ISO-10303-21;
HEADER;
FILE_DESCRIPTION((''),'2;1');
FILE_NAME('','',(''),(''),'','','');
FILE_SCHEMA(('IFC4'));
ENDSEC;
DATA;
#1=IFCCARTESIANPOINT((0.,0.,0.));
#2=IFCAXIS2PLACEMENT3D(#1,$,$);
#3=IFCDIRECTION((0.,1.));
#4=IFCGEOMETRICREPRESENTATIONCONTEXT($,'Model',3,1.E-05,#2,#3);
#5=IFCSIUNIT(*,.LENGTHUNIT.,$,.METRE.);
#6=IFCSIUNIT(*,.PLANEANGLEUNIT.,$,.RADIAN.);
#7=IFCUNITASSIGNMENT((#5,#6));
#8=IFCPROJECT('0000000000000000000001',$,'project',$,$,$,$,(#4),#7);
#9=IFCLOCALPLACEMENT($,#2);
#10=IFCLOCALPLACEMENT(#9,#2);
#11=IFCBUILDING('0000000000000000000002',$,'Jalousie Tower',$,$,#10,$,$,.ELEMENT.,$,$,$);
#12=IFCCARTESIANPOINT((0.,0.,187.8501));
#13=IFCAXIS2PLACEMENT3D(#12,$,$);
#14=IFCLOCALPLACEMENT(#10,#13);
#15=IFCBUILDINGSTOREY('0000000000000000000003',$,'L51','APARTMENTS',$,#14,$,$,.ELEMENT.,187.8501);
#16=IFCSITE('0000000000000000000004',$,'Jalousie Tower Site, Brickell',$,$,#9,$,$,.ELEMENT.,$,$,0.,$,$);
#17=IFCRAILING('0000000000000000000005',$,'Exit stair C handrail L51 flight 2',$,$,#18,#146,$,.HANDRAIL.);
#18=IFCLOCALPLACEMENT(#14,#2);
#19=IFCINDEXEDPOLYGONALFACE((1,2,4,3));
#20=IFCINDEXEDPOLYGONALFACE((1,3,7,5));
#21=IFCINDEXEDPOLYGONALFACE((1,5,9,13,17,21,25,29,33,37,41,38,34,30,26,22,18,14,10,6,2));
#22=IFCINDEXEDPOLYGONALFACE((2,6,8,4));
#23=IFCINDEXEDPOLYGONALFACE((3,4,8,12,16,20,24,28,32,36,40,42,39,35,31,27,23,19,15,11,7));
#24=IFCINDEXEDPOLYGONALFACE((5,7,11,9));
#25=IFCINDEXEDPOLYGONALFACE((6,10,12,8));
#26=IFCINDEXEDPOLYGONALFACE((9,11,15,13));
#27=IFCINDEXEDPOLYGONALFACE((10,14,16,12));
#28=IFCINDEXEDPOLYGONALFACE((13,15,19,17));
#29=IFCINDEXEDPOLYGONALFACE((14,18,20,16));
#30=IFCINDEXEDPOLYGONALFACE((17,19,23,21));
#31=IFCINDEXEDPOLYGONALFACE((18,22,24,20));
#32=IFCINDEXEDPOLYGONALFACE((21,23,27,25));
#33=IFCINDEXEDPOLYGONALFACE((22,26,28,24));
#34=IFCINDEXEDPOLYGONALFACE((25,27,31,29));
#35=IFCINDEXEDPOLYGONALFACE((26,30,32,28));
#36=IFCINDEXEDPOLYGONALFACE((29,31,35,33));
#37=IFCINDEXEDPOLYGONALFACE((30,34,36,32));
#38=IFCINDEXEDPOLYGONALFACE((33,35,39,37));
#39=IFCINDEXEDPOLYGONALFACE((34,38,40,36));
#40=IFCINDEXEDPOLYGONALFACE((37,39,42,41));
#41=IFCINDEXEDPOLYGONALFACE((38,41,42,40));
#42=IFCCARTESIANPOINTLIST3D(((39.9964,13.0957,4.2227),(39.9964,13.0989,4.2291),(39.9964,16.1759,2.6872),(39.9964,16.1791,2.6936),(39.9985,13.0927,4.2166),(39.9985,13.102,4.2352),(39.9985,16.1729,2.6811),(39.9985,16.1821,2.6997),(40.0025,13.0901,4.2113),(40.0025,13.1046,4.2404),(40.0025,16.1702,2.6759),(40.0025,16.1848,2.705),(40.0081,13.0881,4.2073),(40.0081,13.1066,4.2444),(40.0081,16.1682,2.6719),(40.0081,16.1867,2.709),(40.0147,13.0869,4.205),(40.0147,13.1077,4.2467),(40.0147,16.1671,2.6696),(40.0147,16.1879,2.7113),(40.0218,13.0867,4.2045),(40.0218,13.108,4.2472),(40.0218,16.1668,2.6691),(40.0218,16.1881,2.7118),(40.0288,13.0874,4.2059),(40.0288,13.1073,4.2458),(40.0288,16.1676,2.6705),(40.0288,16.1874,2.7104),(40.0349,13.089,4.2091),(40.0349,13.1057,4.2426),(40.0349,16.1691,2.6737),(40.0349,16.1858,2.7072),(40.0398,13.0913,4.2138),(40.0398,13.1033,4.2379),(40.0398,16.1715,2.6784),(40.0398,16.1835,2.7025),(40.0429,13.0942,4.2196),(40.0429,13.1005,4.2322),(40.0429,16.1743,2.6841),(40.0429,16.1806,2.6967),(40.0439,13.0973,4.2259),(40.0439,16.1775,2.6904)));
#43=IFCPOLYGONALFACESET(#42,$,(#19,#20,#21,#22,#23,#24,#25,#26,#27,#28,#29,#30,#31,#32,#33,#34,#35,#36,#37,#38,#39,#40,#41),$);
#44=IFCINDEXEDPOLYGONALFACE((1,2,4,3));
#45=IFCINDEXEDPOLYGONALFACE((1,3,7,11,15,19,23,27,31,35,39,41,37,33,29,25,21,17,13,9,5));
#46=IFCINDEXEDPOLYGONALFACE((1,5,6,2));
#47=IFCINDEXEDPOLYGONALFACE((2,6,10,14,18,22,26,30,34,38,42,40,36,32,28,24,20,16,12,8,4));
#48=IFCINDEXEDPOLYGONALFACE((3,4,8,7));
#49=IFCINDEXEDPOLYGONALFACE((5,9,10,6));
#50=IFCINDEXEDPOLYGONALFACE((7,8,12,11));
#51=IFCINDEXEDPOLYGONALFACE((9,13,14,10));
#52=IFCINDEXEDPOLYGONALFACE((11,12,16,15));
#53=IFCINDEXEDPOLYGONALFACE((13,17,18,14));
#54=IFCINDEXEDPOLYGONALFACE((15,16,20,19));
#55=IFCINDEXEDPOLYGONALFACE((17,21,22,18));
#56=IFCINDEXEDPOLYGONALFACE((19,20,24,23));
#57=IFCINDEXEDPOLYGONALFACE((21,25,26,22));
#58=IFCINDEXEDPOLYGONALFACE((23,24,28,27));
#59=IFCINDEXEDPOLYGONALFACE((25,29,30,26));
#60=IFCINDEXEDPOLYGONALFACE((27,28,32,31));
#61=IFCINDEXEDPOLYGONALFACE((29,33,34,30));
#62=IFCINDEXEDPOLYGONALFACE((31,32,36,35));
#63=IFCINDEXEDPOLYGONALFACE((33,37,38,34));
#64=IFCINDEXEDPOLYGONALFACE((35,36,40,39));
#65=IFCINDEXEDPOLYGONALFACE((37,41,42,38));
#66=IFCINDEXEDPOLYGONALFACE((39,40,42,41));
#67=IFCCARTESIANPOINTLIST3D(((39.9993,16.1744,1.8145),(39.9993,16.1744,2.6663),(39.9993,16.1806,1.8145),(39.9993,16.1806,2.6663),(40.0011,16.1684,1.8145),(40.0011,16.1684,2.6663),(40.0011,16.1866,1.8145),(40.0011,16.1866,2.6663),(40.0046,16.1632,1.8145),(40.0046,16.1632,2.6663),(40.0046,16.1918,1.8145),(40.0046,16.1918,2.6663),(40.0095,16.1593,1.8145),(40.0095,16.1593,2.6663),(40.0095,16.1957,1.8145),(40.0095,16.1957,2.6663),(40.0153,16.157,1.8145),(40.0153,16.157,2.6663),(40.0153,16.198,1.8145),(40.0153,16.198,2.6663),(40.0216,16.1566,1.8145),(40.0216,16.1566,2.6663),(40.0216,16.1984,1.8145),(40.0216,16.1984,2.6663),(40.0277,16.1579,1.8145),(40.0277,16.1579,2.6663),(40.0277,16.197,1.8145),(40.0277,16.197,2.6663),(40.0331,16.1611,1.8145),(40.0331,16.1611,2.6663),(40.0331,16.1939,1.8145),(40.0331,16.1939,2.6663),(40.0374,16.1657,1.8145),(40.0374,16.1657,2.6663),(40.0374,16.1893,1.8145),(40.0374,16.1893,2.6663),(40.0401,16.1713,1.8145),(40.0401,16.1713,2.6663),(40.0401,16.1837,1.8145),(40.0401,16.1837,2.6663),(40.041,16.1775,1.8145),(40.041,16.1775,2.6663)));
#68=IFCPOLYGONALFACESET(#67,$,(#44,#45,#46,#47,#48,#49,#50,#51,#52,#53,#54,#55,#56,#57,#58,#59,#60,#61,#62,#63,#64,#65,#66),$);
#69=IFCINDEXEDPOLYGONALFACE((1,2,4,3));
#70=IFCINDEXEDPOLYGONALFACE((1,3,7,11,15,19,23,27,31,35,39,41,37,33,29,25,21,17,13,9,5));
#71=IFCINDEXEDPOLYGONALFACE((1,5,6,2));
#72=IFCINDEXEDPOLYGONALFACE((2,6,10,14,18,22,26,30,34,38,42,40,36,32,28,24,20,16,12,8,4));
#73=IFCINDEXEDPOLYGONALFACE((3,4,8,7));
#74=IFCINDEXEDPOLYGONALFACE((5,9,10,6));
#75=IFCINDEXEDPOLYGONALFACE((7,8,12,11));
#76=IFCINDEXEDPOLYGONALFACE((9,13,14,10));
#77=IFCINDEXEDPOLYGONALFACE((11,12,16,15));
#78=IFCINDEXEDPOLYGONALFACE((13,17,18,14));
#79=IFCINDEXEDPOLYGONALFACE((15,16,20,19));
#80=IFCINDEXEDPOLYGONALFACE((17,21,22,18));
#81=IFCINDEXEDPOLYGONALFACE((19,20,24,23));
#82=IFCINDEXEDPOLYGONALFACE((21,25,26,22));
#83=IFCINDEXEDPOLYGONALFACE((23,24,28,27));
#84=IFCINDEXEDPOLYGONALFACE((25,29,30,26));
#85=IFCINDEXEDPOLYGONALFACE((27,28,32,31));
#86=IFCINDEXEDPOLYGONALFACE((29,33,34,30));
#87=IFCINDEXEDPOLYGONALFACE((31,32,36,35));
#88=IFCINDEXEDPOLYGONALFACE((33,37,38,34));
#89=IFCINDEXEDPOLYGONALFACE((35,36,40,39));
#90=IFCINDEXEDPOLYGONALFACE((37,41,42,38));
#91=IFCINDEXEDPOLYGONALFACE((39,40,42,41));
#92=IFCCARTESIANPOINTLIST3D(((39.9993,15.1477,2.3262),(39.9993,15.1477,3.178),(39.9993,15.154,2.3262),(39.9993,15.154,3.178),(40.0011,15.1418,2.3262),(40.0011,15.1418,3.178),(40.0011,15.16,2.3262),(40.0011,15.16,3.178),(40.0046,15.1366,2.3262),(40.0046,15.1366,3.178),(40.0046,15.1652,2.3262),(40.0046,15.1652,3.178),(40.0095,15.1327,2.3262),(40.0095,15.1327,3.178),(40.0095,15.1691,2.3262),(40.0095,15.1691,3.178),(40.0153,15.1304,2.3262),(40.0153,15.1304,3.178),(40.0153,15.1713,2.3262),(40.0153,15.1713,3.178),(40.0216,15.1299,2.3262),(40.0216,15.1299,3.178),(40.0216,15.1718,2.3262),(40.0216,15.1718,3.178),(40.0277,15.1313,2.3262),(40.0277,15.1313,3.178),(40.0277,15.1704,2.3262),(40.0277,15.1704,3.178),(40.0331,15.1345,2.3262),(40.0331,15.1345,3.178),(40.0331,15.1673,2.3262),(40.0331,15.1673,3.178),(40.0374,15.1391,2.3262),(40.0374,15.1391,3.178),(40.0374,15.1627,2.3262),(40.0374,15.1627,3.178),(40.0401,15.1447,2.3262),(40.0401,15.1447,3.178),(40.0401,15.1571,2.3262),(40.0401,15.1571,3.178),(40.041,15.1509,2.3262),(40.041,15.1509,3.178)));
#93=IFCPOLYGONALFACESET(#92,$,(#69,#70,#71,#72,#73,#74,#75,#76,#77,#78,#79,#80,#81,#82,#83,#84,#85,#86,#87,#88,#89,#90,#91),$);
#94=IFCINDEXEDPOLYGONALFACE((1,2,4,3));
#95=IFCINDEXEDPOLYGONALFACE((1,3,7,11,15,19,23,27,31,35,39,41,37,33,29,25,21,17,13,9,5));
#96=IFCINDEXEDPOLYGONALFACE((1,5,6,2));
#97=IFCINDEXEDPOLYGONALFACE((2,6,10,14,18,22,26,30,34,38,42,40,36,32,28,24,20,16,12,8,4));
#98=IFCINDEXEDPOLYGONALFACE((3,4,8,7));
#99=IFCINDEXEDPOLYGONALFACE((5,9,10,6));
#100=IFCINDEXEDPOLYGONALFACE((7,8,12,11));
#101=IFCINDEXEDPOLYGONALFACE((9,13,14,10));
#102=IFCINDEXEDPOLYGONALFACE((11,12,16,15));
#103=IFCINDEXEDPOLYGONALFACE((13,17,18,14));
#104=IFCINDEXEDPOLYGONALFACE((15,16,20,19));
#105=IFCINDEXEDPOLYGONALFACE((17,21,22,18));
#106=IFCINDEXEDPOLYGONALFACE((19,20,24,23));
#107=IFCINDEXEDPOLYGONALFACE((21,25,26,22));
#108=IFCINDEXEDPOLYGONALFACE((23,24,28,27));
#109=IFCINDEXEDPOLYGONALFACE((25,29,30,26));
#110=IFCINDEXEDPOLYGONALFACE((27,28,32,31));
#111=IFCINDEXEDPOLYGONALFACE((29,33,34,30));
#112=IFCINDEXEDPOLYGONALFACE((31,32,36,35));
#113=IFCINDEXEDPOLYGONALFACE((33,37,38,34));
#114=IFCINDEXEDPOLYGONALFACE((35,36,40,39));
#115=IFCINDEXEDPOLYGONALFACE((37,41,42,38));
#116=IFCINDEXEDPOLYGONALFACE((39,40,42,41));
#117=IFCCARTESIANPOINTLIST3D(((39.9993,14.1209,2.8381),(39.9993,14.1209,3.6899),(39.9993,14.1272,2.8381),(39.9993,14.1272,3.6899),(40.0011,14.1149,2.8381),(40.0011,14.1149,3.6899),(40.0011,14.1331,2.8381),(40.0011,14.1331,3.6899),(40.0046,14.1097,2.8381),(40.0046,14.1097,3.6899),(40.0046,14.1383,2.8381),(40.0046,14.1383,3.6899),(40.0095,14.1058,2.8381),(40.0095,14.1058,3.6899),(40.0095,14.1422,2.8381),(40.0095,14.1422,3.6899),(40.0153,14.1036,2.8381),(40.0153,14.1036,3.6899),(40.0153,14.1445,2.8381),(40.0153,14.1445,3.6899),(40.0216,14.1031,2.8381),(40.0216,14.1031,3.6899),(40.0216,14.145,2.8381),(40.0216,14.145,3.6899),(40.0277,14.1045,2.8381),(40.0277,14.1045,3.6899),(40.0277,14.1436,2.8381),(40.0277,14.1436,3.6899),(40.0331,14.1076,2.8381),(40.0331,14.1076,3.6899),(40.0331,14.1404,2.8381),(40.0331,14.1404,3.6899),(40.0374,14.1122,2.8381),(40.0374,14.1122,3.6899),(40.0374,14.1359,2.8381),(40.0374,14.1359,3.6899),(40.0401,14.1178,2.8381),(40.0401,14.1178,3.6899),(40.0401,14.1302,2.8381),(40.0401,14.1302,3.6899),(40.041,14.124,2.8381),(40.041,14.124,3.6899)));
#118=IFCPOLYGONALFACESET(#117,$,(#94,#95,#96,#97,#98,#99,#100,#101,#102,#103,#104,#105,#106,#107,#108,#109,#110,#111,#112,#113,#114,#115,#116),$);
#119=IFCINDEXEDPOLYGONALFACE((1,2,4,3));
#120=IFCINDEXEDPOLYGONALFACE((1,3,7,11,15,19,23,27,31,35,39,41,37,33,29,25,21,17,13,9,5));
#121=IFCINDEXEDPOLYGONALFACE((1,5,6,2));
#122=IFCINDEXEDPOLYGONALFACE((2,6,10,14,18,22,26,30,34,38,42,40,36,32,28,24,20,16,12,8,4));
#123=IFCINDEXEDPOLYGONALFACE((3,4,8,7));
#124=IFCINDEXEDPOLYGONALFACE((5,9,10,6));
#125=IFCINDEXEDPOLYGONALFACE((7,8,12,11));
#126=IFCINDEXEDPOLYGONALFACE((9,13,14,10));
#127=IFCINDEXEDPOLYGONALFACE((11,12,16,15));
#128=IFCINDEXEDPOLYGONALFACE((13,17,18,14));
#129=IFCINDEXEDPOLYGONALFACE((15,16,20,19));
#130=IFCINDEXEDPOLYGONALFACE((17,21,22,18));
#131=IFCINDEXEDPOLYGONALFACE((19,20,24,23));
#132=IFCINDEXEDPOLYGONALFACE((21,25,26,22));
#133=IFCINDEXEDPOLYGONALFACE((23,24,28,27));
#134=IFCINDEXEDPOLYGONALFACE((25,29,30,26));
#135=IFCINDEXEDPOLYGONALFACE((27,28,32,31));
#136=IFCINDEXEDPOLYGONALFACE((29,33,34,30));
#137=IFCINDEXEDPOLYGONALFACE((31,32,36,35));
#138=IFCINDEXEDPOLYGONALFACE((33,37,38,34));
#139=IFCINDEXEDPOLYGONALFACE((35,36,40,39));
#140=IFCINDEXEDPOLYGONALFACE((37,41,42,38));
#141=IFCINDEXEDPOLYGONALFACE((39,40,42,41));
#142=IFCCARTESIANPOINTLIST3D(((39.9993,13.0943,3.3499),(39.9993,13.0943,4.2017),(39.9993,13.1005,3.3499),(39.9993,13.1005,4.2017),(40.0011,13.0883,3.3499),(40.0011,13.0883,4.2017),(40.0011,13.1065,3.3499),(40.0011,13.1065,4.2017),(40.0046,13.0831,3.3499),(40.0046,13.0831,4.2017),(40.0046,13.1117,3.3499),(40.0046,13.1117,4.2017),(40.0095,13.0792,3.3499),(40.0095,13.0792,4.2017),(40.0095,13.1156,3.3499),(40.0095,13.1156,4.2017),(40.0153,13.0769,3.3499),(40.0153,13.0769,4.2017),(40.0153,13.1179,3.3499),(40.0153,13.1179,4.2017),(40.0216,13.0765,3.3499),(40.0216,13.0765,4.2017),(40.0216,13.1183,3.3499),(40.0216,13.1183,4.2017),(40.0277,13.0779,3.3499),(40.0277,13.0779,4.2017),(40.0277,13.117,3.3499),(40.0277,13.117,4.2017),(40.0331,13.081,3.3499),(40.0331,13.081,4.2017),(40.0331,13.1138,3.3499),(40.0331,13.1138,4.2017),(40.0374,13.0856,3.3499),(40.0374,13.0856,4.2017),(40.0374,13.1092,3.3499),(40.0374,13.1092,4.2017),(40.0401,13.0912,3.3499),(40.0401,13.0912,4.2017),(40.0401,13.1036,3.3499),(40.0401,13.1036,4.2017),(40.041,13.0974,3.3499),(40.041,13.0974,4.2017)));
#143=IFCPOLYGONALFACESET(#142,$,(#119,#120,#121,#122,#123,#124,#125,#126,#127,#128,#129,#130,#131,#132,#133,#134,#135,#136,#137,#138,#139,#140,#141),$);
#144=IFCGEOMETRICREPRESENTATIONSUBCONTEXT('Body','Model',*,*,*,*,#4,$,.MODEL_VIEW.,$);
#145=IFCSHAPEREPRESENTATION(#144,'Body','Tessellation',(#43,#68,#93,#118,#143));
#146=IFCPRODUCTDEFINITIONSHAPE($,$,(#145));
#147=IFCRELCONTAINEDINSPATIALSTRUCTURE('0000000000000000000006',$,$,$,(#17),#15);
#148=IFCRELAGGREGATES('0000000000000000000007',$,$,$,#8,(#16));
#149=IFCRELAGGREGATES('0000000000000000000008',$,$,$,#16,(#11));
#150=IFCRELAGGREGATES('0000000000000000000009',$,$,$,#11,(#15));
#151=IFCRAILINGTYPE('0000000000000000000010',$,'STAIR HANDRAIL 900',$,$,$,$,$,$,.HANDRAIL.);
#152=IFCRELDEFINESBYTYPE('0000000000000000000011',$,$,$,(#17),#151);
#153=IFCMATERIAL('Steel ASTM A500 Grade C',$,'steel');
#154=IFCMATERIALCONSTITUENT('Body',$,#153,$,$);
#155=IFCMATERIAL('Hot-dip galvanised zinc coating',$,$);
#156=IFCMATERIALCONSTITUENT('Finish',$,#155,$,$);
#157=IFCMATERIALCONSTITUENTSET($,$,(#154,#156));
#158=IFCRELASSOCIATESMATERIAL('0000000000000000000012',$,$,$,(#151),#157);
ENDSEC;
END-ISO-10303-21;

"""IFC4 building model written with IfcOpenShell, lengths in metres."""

from ifc_helpers import new_model, si_unit, direction, frame, origin, origin_2d, place, context, subcontext, project, spatial, circle, extrude, material, constituent, constituent_set, type_object, element, save


model = new_model("IFC4")

# Units and contexts
model_context = context("Model", 3, precision=1e-05, world=origin(), true_north=direction((0.0, 1.0)))
body_context = subcontext(model_context, "Body", "Model", "MODEL_VIEW")
ifc_project = project(units=[si_unit("LENGTHUNIT", "METRE"), si_unit("PLANEANGLEUNIT", "RADIAN")], contexts=[model_context])

# Site, building, storey
site_placement = place(None, origin())
site = spatial("IfcSite", under=ifc_project, at=site_placement, Name="Jalousie Tower Site, Brickell", CompositionType="ELEMENT", RefElevation=0.0)
building_placement = place(site_placement, origin())
building = spatial("IfcBuilding", under=site, at=building_placement, Name="Jalousie Tower", CompositionType="ELEMENT")
storey_placement = place(building_placement, frame((0.0, 0.0, 187.8501)))
storey = spatial("IfcBuildingStorey", under=building, at=storey_placement, Name="L51", Description="APARTMENTS", CompositionType="ELEMENT", Elevation=187.8501)

# Railing
ifc_material_1 = material(Name="Steel ASTM A500 Grade C", Category="steel")
ifc_constituent_1 = constituent(ifc_material_1, Name="Body")
ifc_material_2 = material(Name="Hot-dip galvanised zinc coating")
ifc_constituent_2 = constituent(ifc_material_2, Name="Finish")
ifc_constituent_set_1 = constituent_set(constituents=[ifc_constituent_1, ifc_constituent_2])
railing_type_1 = type_object("IfcRailingType", Name="STAIR HANDRAIL 900", PredefinedType="HANDRAIL", material=ifc_constituent_set_1)
railing_1_placement = place(storey_placement, frame((40.02, 16.1775, 1.8145)))
element("IfcRailing", 1, at=railing_1_placement, inside=storey, type_object=railing_type_1, Name="Exit stair C handrail L51 flight 2", PredefinedType="HANDRAIL", context=body_context, shape_type="SweptSolid", body=[
    extrude(circle(Radius=0.0239, at=origin_2d()), frame((0.0, 0.0, 0.876), z_axis=(0.0, -0.894966, 0.446135), x_axis=(1.0, 0.0, 0.0)), (0.0, 0.0, 1.0), 3.4417),
    extrude(circle(Radius=0.021, at=origin_2d()), origin(), (0.0, 0.0, 1.0), 0.8518),
    extrude(circle(Radius=0.021, at=origin_2d()), frame((0.0, -1.0266, 0.5117)), (0.0, 0.0, 1.0), 0.8518),
    extrude(circle(Radius=0.021, at=origin_2d()), frame((0.0, -2.0535, 1.0237)), (0.0, 0.0, 1.0), 0.8518),
    extrude(circle(Radius=0.021, at=origin_2d()), frame((0.0, -3.0801, 1.5354)), (0.0, 0.0, 1.0), 0.8518),
])

save(model, "model.ifc")
